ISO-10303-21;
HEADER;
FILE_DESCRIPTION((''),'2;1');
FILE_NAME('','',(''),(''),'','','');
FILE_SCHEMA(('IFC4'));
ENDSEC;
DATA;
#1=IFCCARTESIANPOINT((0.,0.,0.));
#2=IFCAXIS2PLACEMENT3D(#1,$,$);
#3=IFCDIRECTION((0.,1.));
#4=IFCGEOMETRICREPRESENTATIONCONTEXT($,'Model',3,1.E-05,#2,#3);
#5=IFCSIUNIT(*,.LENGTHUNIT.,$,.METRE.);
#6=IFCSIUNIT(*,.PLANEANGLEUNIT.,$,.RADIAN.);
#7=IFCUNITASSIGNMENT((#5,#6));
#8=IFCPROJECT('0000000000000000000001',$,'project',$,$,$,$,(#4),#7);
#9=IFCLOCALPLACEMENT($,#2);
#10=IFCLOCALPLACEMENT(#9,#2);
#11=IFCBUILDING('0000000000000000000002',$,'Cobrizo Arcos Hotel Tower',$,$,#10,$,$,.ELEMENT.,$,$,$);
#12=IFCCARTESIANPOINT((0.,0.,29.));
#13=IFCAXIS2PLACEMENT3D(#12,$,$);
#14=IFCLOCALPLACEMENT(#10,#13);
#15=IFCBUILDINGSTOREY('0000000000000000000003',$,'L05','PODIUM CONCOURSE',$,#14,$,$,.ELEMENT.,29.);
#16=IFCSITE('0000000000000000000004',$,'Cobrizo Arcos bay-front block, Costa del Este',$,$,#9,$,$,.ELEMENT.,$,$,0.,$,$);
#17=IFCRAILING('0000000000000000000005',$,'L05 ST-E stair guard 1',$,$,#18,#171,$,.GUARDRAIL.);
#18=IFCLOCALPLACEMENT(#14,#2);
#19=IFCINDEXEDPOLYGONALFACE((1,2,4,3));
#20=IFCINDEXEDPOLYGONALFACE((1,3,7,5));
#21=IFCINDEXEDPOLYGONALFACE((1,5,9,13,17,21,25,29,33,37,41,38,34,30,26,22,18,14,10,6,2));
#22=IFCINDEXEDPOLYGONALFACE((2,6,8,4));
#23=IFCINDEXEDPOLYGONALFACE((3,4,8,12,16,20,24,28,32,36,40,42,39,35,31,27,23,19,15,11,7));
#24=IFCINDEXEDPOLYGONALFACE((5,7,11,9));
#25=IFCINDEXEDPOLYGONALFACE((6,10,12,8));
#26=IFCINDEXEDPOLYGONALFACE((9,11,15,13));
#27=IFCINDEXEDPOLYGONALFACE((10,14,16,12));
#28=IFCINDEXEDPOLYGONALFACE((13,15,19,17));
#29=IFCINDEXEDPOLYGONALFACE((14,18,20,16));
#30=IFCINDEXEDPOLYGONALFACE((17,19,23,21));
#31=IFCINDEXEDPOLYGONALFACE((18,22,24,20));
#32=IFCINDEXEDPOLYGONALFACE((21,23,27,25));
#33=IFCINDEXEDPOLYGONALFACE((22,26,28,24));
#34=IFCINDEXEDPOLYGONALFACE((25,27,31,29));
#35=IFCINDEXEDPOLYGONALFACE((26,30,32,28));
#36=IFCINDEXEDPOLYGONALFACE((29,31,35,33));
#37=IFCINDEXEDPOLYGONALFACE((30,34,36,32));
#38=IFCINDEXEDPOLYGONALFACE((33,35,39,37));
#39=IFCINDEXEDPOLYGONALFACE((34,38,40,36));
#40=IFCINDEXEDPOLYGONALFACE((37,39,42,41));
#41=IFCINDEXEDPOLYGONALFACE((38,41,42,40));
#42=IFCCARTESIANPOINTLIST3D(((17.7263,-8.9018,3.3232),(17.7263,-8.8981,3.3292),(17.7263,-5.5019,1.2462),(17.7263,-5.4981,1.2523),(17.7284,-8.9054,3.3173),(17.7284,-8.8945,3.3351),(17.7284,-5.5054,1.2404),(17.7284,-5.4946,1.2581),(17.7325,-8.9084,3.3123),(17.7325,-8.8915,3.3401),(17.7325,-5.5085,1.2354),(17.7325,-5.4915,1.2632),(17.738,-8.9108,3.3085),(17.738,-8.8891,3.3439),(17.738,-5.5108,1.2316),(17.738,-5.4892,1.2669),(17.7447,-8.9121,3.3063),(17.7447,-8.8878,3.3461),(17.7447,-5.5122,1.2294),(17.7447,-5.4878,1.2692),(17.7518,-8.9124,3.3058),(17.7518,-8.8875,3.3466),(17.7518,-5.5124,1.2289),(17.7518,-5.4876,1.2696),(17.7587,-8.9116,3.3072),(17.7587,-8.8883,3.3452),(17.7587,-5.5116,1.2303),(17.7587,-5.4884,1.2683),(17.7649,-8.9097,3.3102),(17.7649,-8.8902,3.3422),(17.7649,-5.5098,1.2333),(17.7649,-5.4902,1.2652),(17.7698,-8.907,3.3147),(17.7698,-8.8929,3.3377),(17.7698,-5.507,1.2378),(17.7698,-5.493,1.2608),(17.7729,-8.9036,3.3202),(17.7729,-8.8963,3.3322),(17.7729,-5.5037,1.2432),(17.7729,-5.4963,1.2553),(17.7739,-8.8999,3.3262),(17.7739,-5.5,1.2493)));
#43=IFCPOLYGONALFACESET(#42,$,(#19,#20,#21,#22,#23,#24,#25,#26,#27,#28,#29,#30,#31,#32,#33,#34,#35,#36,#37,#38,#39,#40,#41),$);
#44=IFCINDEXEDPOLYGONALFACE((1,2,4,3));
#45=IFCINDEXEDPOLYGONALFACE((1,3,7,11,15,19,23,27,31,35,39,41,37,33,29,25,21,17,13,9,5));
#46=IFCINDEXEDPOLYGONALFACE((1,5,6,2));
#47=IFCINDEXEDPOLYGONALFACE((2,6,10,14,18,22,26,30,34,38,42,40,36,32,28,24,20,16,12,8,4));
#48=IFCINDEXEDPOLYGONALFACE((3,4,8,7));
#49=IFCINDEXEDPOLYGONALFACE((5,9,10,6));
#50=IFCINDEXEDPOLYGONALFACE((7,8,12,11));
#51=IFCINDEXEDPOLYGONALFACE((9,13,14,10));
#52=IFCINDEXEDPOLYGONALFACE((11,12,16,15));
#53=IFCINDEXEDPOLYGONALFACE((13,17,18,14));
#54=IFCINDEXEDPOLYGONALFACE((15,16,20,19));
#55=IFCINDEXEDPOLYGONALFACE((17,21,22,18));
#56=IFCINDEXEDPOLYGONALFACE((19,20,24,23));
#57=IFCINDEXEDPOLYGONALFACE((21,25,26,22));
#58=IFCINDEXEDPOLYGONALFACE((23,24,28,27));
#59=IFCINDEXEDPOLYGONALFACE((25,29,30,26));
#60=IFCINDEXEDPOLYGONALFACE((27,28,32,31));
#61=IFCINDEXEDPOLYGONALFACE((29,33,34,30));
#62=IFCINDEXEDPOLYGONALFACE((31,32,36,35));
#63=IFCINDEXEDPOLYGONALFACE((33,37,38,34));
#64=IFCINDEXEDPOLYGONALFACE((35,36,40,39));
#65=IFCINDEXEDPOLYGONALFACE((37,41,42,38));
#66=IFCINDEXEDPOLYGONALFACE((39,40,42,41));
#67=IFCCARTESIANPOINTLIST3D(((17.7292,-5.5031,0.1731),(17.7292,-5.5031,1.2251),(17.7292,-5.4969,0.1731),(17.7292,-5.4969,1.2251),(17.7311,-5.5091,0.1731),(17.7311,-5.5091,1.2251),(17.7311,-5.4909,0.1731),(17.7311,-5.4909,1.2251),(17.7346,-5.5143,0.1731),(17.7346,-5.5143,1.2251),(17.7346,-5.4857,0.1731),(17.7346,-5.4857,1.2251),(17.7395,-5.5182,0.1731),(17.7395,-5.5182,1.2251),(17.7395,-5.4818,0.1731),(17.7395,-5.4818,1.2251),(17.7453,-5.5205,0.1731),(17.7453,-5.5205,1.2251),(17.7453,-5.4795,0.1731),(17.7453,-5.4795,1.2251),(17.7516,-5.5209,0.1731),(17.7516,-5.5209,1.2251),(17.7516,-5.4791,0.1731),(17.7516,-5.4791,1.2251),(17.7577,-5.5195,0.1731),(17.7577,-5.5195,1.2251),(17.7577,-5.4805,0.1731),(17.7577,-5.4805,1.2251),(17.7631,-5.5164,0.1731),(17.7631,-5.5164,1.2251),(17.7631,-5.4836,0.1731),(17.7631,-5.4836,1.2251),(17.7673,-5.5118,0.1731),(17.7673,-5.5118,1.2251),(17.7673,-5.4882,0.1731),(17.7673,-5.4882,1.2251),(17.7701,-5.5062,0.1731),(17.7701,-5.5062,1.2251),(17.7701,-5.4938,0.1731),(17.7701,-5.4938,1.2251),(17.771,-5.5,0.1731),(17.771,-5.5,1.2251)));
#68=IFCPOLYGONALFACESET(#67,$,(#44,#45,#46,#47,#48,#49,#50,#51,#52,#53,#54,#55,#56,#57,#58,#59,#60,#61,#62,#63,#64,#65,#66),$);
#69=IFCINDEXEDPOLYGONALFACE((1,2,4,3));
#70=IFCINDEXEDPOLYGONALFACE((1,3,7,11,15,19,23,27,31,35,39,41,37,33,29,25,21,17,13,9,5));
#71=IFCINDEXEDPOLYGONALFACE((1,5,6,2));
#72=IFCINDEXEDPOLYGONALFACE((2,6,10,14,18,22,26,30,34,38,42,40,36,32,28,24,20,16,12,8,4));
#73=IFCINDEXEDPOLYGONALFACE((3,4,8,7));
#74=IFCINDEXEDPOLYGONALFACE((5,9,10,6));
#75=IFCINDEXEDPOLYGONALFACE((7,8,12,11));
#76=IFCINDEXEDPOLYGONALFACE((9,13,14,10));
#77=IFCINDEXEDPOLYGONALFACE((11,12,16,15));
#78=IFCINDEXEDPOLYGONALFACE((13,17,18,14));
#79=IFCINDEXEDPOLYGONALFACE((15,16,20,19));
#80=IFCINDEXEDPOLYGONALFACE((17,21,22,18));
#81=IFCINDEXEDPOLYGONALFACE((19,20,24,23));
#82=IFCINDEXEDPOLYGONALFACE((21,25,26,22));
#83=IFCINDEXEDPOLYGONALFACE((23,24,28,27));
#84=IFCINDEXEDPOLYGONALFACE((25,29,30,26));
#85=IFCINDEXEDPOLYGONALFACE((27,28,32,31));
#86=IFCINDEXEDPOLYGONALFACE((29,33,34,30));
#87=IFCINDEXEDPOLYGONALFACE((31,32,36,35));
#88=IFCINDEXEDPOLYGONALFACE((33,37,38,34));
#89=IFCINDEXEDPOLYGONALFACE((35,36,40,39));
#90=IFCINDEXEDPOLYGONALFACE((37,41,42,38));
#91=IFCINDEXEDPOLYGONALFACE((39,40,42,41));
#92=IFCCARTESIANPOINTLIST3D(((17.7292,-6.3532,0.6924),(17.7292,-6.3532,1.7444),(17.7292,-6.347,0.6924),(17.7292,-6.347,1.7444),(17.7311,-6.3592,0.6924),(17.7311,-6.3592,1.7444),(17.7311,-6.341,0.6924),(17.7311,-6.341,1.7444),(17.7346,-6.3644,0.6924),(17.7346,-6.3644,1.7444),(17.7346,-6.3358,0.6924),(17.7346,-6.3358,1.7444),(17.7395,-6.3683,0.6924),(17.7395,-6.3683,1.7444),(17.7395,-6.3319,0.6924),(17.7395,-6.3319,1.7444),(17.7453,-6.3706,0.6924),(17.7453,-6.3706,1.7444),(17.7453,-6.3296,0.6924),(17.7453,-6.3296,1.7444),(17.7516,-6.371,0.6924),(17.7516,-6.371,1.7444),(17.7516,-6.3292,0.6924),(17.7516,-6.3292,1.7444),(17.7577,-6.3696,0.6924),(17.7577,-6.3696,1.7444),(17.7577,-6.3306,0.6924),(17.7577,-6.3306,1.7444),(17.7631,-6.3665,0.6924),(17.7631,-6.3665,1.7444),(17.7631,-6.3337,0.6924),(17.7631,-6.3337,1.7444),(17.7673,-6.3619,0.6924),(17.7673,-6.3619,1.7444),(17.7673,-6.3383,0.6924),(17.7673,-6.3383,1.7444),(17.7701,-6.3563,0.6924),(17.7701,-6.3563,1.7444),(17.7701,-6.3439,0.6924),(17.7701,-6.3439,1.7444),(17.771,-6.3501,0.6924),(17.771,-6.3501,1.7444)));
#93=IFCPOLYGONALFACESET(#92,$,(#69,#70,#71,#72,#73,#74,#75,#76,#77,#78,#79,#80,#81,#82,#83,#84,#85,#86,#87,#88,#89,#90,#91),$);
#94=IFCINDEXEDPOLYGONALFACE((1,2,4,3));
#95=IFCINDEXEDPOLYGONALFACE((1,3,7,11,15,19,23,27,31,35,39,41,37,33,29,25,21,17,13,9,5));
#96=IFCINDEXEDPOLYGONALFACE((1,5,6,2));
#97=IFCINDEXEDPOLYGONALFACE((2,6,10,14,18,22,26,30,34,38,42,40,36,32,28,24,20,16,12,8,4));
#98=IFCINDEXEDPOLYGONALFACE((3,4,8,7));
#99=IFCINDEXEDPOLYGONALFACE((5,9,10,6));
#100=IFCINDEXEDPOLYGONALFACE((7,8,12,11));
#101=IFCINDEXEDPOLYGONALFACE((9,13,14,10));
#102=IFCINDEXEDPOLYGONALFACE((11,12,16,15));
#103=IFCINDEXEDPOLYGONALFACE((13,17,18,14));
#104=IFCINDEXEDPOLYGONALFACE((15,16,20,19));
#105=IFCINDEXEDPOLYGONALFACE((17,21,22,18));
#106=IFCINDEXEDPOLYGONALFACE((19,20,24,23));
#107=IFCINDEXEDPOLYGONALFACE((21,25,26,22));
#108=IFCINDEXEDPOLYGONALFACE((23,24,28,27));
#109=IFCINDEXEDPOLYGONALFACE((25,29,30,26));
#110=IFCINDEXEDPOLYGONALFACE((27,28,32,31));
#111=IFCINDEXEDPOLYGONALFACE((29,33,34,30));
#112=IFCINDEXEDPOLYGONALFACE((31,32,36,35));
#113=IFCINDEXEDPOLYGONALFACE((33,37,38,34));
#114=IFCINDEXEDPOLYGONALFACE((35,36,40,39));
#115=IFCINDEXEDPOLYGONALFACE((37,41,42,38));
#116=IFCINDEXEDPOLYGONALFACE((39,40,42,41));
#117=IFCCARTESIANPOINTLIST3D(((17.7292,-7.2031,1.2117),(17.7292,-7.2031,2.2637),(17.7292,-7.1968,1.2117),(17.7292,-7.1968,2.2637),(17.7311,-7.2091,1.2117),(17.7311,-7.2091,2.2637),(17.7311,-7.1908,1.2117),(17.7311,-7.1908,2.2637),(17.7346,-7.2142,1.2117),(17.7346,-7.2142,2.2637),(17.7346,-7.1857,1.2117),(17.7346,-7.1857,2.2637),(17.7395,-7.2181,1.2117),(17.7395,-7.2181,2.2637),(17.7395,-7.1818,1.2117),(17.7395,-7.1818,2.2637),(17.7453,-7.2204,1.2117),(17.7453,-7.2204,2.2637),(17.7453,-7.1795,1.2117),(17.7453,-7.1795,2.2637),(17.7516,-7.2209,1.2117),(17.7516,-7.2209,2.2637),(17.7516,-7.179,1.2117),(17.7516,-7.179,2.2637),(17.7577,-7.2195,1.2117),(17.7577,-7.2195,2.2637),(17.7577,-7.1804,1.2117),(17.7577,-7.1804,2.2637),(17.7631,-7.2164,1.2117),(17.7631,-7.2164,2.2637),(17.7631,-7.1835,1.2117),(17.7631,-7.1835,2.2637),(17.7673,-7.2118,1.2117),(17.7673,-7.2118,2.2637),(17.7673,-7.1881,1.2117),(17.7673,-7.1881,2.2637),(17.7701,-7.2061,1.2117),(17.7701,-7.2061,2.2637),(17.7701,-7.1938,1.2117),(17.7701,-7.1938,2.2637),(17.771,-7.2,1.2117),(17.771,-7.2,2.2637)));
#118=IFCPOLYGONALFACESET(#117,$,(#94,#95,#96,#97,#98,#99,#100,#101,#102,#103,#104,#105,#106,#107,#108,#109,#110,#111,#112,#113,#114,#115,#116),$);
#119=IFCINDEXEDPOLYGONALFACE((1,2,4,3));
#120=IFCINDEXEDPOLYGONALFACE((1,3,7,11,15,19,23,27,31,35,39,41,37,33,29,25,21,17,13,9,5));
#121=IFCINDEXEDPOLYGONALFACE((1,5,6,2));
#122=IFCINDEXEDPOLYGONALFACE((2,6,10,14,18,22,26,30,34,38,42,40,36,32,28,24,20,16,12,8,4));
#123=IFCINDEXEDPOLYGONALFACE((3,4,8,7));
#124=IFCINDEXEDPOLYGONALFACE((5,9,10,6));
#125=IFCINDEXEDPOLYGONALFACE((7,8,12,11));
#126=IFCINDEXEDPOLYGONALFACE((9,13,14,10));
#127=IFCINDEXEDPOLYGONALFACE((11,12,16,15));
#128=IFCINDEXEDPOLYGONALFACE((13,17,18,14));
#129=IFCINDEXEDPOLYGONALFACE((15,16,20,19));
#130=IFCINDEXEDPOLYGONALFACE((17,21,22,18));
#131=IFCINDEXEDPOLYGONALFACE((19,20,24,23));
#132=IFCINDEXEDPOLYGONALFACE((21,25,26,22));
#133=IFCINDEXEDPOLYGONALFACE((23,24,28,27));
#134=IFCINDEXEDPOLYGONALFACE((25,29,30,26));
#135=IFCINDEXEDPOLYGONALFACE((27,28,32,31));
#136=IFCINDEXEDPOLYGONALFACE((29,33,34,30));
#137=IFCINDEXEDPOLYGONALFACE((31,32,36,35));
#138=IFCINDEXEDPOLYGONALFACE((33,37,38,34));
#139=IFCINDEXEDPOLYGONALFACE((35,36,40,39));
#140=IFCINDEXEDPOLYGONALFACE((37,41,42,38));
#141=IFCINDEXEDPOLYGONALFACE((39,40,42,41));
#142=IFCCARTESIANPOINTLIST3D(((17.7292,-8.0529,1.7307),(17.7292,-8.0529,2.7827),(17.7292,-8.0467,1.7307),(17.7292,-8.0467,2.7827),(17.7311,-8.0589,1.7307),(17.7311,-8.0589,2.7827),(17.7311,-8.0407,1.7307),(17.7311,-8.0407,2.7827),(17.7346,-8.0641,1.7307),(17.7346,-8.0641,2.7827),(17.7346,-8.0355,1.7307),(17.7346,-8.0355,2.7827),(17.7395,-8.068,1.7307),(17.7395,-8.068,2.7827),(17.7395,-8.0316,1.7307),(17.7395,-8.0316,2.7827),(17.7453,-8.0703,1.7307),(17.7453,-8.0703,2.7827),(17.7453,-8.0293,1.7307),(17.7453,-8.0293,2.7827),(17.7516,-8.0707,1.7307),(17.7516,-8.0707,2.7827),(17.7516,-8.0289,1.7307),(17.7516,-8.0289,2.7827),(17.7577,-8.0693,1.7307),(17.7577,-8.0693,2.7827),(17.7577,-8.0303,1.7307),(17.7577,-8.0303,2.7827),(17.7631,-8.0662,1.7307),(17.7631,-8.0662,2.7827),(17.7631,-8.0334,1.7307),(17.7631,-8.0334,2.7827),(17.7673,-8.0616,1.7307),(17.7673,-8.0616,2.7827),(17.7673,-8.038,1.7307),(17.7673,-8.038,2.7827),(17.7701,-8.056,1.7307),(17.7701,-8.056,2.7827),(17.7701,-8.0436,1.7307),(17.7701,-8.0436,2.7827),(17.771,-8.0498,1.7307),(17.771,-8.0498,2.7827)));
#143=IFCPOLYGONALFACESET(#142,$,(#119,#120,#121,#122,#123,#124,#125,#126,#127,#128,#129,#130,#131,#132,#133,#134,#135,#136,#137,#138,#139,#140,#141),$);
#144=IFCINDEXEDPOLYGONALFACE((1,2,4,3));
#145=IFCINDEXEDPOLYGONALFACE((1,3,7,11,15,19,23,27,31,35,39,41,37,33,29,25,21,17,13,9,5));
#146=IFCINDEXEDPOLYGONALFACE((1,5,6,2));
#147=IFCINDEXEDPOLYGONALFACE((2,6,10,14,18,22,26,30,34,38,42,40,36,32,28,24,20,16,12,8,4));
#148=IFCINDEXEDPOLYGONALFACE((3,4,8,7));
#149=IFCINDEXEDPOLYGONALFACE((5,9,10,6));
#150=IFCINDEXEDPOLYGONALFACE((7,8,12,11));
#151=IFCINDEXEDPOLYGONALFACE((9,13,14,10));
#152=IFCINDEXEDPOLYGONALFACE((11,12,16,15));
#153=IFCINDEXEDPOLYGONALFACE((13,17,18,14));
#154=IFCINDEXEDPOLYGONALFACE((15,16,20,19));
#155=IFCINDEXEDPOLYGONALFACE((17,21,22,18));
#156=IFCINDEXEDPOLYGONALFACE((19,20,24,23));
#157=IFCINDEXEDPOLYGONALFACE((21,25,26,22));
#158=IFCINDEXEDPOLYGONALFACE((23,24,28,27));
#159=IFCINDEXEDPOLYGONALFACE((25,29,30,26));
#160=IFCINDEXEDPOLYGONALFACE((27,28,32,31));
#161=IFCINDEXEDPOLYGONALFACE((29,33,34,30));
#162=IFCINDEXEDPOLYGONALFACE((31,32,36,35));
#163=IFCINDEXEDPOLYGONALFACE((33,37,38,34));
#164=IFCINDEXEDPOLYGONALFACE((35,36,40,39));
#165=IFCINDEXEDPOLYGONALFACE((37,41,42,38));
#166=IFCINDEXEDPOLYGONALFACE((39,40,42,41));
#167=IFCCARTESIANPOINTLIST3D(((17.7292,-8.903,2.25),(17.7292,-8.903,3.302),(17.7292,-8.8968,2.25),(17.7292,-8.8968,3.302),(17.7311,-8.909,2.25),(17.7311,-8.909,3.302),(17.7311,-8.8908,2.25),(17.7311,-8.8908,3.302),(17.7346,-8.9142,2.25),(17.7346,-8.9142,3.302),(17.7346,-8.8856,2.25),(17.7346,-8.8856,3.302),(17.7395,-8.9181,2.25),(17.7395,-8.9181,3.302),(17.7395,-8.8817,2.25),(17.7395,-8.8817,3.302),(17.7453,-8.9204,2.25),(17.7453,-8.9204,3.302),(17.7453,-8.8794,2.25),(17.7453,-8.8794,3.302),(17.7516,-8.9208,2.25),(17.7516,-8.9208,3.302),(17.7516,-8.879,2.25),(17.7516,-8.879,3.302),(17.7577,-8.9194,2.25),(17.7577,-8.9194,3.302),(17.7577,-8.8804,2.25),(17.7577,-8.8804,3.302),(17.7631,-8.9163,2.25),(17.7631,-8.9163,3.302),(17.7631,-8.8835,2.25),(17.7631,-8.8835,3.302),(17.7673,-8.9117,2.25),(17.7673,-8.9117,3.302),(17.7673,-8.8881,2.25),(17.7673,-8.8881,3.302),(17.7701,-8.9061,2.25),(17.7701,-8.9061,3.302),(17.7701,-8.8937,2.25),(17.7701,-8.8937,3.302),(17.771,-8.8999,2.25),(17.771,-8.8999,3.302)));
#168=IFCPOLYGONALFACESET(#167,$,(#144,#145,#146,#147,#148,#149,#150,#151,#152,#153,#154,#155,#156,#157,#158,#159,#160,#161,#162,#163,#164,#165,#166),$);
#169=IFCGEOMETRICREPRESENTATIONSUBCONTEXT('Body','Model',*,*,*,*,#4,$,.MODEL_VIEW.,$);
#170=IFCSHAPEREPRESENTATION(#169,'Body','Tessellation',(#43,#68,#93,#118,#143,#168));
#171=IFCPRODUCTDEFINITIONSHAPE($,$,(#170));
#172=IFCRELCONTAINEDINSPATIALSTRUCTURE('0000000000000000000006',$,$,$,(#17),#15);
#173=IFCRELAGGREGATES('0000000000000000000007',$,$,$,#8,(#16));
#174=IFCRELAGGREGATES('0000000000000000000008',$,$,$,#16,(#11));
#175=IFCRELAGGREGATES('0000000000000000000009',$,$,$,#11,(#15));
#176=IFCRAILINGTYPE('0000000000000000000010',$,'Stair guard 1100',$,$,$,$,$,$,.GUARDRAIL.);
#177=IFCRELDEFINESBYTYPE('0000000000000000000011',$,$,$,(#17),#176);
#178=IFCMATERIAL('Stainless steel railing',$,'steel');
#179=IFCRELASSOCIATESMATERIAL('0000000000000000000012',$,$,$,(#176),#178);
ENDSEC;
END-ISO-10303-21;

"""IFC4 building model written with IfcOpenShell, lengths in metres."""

from ifc_helpers import new_model, si_unit, direction, frame, origin, origin_2d, place, context, subcontext, project, spatial, circle, extrude, material, type_object, element, save


model = new_model("IFC4")

# Units and contexts
model_context = context("Model", 3, precision=1e-05, world=origin(), true_north=direction((0.0, 1.0)))
body_context = subcontext(model_context, "Body", "Model", "MODEL_VIEW")
ifc_project = project(units=[si_unit("LENGTHUNIT", "METRE"), si_unit("PLANEANGLEUNIT", "RADIAN")], contexts=[model_context])

# Site, building, storey
site_placement = place(None, origin())
site = spatial("IfcSite", under=ifc_project, at=site_placement, Name="Cobrizo Arcos bay-front block, Costa del Este", CompositionType="ELEMENT", RefElevation=0.0)
building_placement = place(site_placement, origin())
building = spatial("IfcBuilding", under=site, at=building_placement, Name="Cobrizo Arcos Hotel Tower", CompositionType="ELEMENT")
storey_placement = place(building_placement, frame((0.0, 0.0, 29.0)))
storey = spatial("IfcBuildingStorey", under=building, at=storey_placement, Name="L05", Description="PODIUM CONCOURSE", CompositionType="ELEMENT", Elevation=29.0)

# Railing
ifc_material_1 = material(Name="Stainless steel railing", Category="steel")
railing_type_1 = type_object("IfcRailingType", Name="Stair guard 1100", PredefinedType="GUARDRAIL", material=ifc_material_1)
railing_1_placement = place(storey_placement, frame((17.75, -5.5, 0.1731)))
element("IfcRailing", 1, at=railing_1_placement, inside=storey, type_object=railing_type_1, Name="L05 ST-E stair guard 1", PredefinedType="GUARDRAIL", context=body_context, shape_type="SweptSolid", body=[
    extrude(circle(Radius=0.0239, at=origin_2d()), frame((0.0, 0.0, 1.0762), z_axis=(0.0, -0.853373, 0.521301), x_axis=(1.0, 0.0, 0.0)), (0.0, 0.0, 1.0), 3.9841),
    extrude(circle(Radius=0.021, at=origin_2d()), origin(), (0.0, 0.0, 1.0), 1.052),
    extrude(circle(Radius=0.021, at=origin_2d()), frame((0.0, -0.8501, 0.5193)), (0.0, 0.0, 1.0), 1.052),
    extrude(circle(Radius=0.021, at=origin_2d()), frame((0.0, -1.7, 1.0386)), (0.0, 0.0, 1.0), 1.052),
    extrude(circle(Radius=0.021, at=origin_2d()), frame((0.0, -2.5498, 1.5576)), (0.0, 0.0, 1.0), 1.052),
    extrude(circle(Radius=0.021, at=origin_2d()), frame((0.0, -3.3999, 2.0769)), (0.0, 0.0, 1.0), 1.052),
])

save(model, "model.ifc")
